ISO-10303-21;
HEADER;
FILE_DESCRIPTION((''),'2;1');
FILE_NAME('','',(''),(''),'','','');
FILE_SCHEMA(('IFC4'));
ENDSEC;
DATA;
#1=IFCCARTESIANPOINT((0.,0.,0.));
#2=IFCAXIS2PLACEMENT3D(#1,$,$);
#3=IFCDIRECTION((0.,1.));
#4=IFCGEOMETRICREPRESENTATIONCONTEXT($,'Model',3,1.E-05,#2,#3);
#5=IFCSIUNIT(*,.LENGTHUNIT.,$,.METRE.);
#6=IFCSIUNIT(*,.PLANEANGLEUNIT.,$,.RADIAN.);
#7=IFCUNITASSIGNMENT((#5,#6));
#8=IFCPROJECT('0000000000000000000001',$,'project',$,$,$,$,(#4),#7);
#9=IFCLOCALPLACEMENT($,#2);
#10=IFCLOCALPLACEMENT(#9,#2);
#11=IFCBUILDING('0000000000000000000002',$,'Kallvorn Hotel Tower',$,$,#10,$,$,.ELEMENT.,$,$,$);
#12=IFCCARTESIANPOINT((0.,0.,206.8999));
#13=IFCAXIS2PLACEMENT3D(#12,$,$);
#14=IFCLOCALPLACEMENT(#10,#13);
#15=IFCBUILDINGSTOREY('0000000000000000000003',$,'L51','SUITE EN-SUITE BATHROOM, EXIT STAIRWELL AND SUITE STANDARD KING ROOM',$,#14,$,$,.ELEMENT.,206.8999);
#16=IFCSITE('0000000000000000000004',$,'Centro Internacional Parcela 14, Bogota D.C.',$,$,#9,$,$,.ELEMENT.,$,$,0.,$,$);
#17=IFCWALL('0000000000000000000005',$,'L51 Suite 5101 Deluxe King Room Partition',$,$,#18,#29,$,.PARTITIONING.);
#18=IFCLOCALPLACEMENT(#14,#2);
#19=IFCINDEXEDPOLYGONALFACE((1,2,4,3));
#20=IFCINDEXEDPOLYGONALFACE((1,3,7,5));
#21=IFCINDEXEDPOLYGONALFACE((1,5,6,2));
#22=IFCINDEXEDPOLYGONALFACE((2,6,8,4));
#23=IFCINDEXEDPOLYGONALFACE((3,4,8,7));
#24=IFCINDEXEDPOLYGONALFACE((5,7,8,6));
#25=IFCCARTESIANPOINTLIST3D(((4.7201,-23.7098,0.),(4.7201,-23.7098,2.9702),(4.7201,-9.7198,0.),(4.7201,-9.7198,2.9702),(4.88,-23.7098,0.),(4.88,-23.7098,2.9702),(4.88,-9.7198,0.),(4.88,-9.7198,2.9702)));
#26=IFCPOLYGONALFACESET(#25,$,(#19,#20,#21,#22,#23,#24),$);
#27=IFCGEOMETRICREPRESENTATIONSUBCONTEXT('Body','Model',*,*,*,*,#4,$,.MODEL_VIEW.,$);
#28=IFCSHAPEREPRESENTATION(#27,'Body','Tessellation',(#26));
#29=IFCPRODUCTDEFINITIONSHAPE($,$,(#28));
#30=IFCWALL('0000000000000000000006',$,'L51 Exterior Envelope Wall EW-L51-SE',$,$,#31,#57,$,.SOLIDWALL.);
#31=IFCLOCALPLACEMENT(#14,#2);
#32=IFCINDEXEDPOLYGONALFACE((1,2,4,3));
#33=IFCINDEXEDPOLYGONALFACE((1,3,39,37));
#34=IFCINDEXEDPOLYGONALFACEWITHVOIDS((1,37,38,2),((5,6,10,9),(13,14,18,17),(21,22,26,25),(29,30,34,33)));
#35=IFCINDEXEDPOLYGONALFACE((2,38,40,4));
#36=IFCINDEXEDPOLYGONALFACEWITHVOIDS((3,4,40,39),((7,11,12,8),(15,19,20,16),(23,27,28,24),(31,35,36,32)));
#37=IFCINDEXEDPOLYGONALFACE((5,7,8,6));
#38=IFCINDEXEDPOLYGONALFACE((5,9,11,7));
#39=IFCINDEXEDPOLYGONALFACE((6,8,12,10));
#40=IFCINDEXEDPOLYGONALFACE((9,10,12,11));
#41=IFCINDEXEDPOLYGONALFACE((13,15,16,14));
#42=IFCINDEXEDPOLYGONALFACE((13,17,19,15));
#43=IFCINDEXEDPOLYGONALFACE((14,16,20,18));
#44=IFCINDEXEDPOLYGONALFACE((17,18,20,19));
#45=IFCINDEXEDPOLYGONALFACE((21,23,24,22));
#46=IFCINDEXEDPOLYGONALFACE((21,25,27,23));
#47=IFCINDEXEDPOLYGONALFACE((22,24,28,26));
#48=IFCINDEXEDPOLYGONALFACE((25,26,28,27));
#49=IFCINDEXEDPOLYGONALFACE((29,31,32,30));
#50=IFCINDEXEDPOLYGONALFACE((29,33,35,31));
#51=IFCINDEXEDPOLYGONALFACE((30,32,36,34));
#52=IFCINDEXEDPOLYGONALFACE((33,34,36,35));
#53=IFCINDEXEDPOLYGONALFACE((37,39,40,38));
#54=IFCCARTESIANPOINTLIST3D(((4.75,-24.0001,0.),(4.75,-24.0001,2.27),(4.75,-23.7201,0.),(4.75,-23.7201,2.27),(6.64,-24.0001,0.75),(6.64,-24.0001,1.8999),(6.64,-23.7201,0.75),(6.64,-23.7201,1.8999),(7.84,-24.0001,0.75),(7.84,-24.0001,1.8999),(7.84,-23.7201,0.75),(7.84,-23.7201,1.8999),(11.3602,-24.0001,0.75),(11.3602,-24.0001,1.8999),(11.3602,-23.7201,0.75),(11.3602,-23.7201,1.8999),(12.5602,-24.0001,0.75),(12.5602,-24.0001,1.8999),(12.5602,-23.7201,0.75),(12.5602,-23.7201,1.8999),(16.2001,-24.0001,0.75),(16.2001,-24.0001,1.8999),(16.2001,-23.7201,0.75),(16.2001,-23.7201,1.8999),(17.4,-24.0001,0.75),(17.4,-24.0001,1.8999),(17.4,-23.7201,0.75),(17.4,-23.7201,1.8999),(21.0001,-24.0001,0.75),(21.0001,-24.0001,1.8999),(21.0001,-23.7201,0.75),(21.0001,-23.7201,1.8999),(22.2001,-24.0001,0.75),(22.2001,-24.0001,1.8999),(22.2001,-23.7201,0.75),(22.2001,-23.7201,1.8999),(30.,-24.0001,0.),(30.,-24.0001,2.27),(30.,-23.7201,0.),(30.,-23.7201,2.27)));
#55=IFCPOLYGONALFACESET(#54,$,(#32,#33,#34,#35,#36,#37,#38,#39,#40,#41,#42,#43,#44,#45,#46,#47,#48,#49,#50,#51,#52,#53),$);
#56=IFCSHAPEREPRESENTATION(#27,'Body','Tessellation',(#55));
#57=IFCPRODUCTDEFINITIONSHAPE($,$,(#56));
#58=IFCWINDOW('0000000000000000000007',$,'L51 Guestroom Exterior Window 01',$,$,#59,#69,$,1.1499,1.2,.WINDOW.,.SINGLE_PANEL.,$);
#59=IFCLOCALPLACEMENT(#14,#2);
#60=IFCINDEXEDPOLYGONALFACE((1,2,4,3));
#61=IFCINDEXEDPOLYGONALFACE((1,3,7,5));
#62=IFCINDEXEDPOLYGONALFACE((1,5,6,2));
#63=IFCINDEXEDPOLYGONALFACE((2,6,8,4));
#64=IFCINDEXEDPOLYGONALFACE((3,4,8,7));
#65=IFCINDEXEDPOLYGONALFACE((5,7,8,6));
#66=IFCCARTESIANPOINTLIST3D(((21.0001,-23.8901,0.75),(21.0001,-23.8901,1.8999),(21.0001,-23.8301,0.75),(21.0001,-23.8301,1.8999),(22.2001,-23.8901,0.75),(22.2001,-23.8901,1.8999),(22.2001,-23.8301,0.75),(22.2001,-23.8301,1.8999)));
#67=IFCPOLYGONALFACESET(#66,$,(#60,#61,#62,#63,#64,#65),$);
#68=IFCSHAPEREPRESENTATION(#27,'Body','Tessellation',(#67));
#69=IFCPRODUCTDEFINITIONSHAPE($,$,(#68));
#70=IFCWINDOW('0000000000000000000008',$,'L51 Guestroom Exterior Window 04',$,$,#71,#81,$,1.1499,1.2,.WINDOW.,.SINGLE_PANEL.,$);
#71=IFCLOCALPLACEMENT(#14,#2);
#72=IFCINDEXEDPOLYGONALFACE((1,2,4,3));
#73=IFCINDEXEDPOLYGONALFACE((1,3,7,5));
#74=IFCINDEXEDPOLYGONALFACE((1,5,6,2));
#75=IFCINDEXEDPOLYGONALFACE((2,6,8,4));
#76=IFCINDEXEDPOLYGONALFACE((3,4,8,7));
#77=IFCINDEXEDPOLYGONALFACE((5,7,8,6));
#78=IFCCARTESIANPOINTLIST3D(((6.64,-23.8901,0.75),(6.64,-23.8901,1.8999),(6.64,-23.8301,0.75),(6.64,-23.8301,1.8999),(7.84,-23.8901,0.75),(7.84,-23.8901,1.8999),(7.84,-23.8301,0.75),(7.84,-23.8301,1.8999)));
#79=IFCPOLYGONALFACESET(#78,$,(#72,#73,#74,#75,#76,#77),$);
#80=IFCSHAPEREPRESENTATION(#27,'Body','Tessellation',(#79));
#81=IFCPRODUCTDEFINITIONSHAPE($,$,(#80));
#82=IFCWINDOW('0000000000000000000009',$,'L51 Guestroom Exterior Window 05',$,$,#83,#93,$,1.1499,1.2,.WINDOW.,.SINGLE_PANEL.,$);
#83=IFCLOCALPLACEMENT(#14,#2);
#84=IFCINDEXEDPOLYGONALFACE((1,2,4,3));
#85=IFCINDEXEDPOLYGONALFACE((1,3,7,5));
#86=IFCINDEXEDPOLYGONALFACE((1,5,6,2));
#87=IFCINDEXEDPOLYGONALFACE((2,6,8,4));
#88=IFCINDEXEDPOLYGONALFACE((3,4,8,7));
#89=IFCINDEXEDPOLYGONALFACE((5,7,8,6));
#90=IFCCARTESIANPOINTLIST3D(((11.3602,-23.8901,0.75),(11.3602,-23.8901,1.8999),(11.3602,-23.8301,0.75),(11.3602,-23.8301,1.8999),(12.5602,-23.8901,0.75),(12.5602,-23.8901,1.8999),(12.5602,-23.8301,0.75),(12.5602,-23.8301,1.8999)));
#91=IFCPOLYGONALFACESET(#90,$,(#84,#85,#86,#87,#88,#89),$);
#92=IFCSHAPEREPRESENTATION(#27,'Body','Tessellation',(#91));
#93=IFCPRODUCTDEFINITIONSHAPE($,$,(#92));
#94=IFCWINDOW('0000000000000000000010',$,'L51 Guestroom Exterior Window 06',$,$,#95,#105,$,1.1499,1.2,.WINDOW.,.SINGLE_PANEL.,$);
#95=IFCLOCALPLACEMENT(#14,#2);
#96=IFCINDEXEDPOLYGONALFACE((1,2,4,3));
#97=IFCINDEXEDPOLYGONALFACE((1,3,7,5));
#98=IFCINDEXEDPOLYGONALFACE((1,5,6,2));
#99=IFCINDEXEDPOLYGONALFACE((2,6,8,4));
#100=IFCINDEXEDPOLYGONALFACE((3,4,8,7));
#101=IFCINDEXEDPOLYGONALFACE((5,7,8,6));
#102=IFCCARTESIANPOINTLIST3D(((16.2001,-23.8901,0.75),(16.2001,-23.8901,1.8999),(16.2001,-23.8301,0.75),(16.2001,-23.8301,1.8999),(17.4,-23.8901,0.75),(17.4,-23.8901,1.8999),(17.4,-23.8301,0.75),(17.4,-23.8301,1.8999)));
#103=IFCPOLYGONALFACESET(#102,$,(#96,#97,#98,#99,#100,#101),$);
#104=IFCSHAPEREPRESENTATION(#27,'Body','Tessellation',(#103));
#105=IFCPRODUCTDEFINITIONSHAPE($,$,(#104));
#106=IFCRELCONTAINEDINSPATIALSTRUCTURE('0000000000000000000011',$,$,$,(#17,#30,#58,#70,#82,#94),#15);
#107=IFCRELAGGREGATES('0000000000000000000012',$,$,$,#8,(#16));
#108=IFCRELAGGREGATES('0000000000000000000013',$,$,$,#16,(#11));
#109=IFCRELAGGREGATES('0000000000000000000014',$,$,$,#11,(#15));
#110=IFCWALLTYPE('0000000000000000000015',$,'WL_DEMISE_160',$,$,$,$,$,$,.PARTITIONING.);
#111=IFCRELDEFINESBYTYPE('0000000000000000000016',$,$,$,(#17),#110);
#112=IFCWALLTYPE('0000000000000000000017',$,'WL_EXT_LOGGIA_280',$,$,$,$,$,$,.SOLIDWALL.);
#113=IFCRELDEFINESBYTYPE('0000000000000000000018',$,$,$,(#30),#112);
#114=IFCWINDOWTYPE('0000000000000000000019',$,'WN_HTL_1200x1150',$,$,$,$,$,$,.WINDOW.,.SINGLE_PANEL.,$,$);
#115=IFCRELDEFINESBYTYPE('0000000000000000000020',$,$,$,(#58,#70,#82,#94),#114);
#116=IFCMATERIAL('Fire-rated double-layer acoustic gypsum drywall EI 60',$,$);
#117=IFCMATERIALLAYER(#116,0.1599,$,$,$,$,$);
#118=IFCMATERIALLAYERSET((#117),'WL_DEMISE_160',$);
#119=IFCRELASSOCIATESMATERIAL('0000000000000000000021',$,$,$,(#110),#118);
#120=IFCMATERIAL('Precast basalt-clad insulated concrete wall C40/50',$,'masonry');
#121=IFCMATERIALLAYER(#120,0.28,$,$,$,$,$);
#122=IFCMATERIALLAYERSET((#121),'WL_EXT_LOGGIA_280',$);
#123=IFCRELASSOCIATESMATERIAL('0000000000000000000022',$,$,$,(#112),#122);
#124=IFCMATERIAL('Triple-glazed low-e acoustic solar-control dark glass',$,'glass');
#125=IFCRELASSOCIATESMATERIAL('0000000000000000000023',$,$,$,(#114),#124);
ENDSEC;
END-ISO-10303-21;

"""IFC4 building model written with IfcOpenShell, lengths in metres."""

from ifc_helpers import new_model, si_unit, direction, frame, frame_2d, origin, place, context, subcontext, project, spatial, rectangle, extrude, material, layer, layer_set, type_object, element, fill, save


model = new_model("IFC4")

# Units and contexts
model_context = context("Model", 3, precision=1e-05, world=origin(), true_north=direction((0.0, 1.0)))
body_context = subcontext(model_context, "Body", "Model", "MODEL_VIEW")
ifc_project = project(units=[si_unit("LENGTHUNIT", "METRE"), si_unit("PLANEANGLEUNIT", "RADIAN")], contexts=[model_context])

# Site, building, storey
site_placement = place(None, origin())
site = spatial("IfcSite", under=ifc_project, at=site_placement, Name="Centro Internacional Parcela 14, Bogota D.C.", CompositionType="ELEMENT", RefElevation=0.0)
building_placement = place(site_placement, origin())
building = spatial("IfcBuilding", under=site, at=building_placement, Name="Kallvorn Hotel Tower", CompositionType="ELEMENT")
storey_placement = place(building_placement, frame((0.0, 0.0, 206.8999)))
storey = spatial("IfcBuildingStorey", under=building, at=storey_placement, Name="L51", Description="SUITE EN-SUITE BATHROOM, EXIT STAIRWELL AND SUITE STANDARD KING ROOM", CompositionType="ELEMENT", Elevation=206.8999)

# Wall
ifc_material_1 = material(Name="Fire-rated double-layer acoustic gypsum drywall EI 60")
ifc_layer_1 = layer(ifc_material_1, 0.1599)
ifc_layer_set_1 = layer_set([ifc_layer_1], Name="WL_DEMISE_160")
wall_type_1 = type_object("IfcWallType", Name="WL_DEMISE_160", PredefinedType="PARTITIONING", material=ifc_layer_set_1)
wall_1_placement = place(storey_placement, frame((4.8, -23.71, 0.0), z_axis=(0.0, 0.0, 1.0), x_axis=(0.0, 1.0, 0.0)))
element("IfcWall", 1, at=wall_1_placement, inside=storey, type_object=wall_type_1, Name="L51 Suite 5101 Deluxe King Room Partition", PredefinedType="PARTITIONING", context=body_context, shape_type="SweptSolid", body=[
    extrude(rectangle(XDim=13.99, YDim=0.1599, at=frame_2d((6.9951, 0.0))), origin(), (0.0, 0.0, 1.0), 2.9702),
])

# Wall, openings, windows
ifc_material_2 = material(Name="Precast basalt-clad insulated concrete wall C40/50", Category="masonry")
ifc_layer_2 = layer(ifc_material_2, 0.28)
ifc_layer_set_2 = layer_set([ifc_layer_2], Name="WL_EXT_LOGGIA_280")
wall_type_2 = type_object("IfcWallType", Name="WL_EXT_LOGGIA_280", PredefinedType="SOLIDWALL", material=ifc_layer_set_2)
wall_2_placement = place(storey_placement, frame((4.75, -23.8601, 0.0), z_axis=(0.0, 0.0, 1.0), x_axis=(1.0, 0.0, 0.0)))
wall_2 = element("IfcWall", 2, at=wall_2_placement, inside=storey, type_object=wall_type_2, Name="L51 Exterior Envelope Wall EW-L51-SE", PredefinedType="SOLIDWALL", context=body_context, shape_type="SweptSolid", body=[
    extrude(rectangle(XDim=25.25, YDim=0.28, at=frame_2d((12.625, 0.0))), origin(), (0.0, 0.0, 1.0), 2.27),
])
opening_1_placement = place(wall_2_placement, frame((16.25, 0.0, 0.75)))
opening_1 = element("IfcOpeningElement", 3, at=opening_1_placement, cuts=wall_2, PredefinedType="OPENING", context=body_context, shape_type="SweptSolid", body=[
    extrude(rectangle(XDim=1.2, YDim=1.1499, at=frame_2d((0.6001, 0.575))), frame((0.0, 0.155, 0.0), z_axis=(0.0, -1.0, 0.0), x_axis=(1.0, 0.0, 0.0)), (0.0, 0.0, 1.0), 0.3101),
])
opening_2_placement = place(wall_2_placement, frame((1.8899, 0.0, 0.75)))
opening_2 = element("IfcOpeningElement", 4, at=opening_2_placement, cuts=wall_2, PredefinedType="OPENING", context=body_context, shape_type="SweptSolid", body=[
    extrude(rectangle(XDim=1.2, YDim=1.1499, at=frame_2d((0.6001, 0.575))), frame((0.0, 0.155, 0.0), z_axis=(0.0, -1.0, 0.0), x_axis=(1.0, 0.0, 0.0)), (0.0, 0.0, 1.0), 0.3101),
])
opening_3_placement = place(wall_2_placement, frame((6.6101, 0.0, 0.75)))
opening_3 = element("IfcOpeningElement", 5, at=opening_3_placement, cuts=wall_2, PredefinedType="OPENING", context=body_context, shape_type="SweptSolid", body=[
    extrude(rectangle(XDim=1.2, YDim=1.1499, at=frame_2d((0.6001, 0.575))), frame((0.0, 0.155, 0.0), z_axis=(0.0, -1.0, 0.0), x_axis=(1.0, 0.0, 0.0)), (0.0, 0.0, 1.0), 0.3101),
])
opening_4_placement = place(wall_2_placement, frame((11.45, 0.0, 0.75)))
opening_4 = element("IfcOpeningElement", 6, at=opening_4_placement, cuts=wall_2, PredefinedType="OPENING", context=body_context, shape_type="SweptSolid", body=[
    extrude(rectangle(XDim=1.2, YDim=1.1499, at=frame_2d((0.6001, 0.575))), frame((0.0, 0.155, 0.0), z_axis=(0.0, -1.0, 0.0), x_axis=(1.0, 0.0, 0.0)), (0.0, 0.0, 1.0), 0.3101),
])
ifc_material_3 = material(Name="Triple-glazed low-e acoustic solar-control dark glass", Category="glass")
window_type = type_object("IfcWindowType", Name="WN_HTL_1200x1150", PartitioningType="SINGLE_PANEL", PredefinedType="WINDOW", material=ifc_material_3)
window_1_placement = place(opening_1_placement, origin())
window_1 = element("IfcWindow", 7, at=window_1_placement, inside=storey, type_object=window_type, Name="L51 Guestroom Exterior Window 01", OverallHeight=1.1499, OverallWidth=1.2, PartitioningType="SINGLE_PANEL", PredefinedType="WINDOW", context=body_context, shape_type="SweptSolid", body=[
    extrude(rectangle(XDim=1.2, YDim=1.1499, at=frame_2d((0.6001, 0.575))), frame((0.0, 0.03, 0.0), z_axis=(0.0, -1.0, 0.0), x_axis=(1.0, 0.0, 0.0)), (0.0, 0.0, 1.0), 0.0601),
])
fill(opening_1, window_1)
window_2_placement = place(opening_2_placement, origin())
window_2 = element("IfcWindow", 8, at=window_2_placement, inside=storey, type_object=window_type, Name="L51 Guestroom Exterior Window 04", OverallHeight=1.1499, OverallWidth=1.2, PartitioningType="SINGLE_PANEL", PredefinedType="WINDOW", context=body_context, shape_type="SweptSolid", body=[
    extrude(rectangle(XDim=1.2, YDim=1.1499, at=frame_2d((0.6001, 0.575))), frame((0.0, 0.03, 0.0), z_axis=(0.0, -1.0, 0.0), x_axis=(1.0, 0.0, 0.0)), (0.0, 0.0, 1.0), 0.0601),
])
fill(opening_2, window_2)
window_3_placement = place(opening_3_placement, origin())
window_3 = element("IfcWindow", 9, at=window_3_placement, inside=storey, type_object=window_type, Name="L51 Guestroom Exterior Window 05", OverallHeight=1.1499, OverallWidth=1.2, PartitioningType="SINGLE_PANEL", PredefinedType="WINDOW", context=body_context, shape_type="SweptSolid", body=[
    extrude(rectangle(XDim=1.2, YDim=1.1499, at=frame_2d((0.6001, 0.575))), frame((0.0, 0.03, 0.0), z_axis=(0.0, -1.0, 0.0), x_axis=(1.0, 0.0, 0.0)), (0.0, 0.0, 1.0), 0.0601),
])
fill(opening_3, window_3)
window_4_placement = place(opening_4_placement, origin())
window_4 = element("IfcWindow", 10, at=window_4_placement, inside=storey, type_object=window_type, Name="L51 Guestroom Exterior Window 06", OverallHeight=1.1499, OverallWidth=1.2, PartitioningType="SINGLE_PANEL", PredefinedType="WINDOW", context=body_context, shape_type="SweptSolid", body=[
    extrude(rectangle(XDim=1.2, YDim=1.1499, at=frame_2d((0.6001, 0.575))), frame((0.0, 0.03, 0.0), z_axis=(0.0, -1.0, 0.0), x_axis=(1.0, 0.0, 0.0)), (0.0, 0.0, 1.0), 0.0601),
])
fill(opening_4, window_4)

save(model, "model.ifc")
